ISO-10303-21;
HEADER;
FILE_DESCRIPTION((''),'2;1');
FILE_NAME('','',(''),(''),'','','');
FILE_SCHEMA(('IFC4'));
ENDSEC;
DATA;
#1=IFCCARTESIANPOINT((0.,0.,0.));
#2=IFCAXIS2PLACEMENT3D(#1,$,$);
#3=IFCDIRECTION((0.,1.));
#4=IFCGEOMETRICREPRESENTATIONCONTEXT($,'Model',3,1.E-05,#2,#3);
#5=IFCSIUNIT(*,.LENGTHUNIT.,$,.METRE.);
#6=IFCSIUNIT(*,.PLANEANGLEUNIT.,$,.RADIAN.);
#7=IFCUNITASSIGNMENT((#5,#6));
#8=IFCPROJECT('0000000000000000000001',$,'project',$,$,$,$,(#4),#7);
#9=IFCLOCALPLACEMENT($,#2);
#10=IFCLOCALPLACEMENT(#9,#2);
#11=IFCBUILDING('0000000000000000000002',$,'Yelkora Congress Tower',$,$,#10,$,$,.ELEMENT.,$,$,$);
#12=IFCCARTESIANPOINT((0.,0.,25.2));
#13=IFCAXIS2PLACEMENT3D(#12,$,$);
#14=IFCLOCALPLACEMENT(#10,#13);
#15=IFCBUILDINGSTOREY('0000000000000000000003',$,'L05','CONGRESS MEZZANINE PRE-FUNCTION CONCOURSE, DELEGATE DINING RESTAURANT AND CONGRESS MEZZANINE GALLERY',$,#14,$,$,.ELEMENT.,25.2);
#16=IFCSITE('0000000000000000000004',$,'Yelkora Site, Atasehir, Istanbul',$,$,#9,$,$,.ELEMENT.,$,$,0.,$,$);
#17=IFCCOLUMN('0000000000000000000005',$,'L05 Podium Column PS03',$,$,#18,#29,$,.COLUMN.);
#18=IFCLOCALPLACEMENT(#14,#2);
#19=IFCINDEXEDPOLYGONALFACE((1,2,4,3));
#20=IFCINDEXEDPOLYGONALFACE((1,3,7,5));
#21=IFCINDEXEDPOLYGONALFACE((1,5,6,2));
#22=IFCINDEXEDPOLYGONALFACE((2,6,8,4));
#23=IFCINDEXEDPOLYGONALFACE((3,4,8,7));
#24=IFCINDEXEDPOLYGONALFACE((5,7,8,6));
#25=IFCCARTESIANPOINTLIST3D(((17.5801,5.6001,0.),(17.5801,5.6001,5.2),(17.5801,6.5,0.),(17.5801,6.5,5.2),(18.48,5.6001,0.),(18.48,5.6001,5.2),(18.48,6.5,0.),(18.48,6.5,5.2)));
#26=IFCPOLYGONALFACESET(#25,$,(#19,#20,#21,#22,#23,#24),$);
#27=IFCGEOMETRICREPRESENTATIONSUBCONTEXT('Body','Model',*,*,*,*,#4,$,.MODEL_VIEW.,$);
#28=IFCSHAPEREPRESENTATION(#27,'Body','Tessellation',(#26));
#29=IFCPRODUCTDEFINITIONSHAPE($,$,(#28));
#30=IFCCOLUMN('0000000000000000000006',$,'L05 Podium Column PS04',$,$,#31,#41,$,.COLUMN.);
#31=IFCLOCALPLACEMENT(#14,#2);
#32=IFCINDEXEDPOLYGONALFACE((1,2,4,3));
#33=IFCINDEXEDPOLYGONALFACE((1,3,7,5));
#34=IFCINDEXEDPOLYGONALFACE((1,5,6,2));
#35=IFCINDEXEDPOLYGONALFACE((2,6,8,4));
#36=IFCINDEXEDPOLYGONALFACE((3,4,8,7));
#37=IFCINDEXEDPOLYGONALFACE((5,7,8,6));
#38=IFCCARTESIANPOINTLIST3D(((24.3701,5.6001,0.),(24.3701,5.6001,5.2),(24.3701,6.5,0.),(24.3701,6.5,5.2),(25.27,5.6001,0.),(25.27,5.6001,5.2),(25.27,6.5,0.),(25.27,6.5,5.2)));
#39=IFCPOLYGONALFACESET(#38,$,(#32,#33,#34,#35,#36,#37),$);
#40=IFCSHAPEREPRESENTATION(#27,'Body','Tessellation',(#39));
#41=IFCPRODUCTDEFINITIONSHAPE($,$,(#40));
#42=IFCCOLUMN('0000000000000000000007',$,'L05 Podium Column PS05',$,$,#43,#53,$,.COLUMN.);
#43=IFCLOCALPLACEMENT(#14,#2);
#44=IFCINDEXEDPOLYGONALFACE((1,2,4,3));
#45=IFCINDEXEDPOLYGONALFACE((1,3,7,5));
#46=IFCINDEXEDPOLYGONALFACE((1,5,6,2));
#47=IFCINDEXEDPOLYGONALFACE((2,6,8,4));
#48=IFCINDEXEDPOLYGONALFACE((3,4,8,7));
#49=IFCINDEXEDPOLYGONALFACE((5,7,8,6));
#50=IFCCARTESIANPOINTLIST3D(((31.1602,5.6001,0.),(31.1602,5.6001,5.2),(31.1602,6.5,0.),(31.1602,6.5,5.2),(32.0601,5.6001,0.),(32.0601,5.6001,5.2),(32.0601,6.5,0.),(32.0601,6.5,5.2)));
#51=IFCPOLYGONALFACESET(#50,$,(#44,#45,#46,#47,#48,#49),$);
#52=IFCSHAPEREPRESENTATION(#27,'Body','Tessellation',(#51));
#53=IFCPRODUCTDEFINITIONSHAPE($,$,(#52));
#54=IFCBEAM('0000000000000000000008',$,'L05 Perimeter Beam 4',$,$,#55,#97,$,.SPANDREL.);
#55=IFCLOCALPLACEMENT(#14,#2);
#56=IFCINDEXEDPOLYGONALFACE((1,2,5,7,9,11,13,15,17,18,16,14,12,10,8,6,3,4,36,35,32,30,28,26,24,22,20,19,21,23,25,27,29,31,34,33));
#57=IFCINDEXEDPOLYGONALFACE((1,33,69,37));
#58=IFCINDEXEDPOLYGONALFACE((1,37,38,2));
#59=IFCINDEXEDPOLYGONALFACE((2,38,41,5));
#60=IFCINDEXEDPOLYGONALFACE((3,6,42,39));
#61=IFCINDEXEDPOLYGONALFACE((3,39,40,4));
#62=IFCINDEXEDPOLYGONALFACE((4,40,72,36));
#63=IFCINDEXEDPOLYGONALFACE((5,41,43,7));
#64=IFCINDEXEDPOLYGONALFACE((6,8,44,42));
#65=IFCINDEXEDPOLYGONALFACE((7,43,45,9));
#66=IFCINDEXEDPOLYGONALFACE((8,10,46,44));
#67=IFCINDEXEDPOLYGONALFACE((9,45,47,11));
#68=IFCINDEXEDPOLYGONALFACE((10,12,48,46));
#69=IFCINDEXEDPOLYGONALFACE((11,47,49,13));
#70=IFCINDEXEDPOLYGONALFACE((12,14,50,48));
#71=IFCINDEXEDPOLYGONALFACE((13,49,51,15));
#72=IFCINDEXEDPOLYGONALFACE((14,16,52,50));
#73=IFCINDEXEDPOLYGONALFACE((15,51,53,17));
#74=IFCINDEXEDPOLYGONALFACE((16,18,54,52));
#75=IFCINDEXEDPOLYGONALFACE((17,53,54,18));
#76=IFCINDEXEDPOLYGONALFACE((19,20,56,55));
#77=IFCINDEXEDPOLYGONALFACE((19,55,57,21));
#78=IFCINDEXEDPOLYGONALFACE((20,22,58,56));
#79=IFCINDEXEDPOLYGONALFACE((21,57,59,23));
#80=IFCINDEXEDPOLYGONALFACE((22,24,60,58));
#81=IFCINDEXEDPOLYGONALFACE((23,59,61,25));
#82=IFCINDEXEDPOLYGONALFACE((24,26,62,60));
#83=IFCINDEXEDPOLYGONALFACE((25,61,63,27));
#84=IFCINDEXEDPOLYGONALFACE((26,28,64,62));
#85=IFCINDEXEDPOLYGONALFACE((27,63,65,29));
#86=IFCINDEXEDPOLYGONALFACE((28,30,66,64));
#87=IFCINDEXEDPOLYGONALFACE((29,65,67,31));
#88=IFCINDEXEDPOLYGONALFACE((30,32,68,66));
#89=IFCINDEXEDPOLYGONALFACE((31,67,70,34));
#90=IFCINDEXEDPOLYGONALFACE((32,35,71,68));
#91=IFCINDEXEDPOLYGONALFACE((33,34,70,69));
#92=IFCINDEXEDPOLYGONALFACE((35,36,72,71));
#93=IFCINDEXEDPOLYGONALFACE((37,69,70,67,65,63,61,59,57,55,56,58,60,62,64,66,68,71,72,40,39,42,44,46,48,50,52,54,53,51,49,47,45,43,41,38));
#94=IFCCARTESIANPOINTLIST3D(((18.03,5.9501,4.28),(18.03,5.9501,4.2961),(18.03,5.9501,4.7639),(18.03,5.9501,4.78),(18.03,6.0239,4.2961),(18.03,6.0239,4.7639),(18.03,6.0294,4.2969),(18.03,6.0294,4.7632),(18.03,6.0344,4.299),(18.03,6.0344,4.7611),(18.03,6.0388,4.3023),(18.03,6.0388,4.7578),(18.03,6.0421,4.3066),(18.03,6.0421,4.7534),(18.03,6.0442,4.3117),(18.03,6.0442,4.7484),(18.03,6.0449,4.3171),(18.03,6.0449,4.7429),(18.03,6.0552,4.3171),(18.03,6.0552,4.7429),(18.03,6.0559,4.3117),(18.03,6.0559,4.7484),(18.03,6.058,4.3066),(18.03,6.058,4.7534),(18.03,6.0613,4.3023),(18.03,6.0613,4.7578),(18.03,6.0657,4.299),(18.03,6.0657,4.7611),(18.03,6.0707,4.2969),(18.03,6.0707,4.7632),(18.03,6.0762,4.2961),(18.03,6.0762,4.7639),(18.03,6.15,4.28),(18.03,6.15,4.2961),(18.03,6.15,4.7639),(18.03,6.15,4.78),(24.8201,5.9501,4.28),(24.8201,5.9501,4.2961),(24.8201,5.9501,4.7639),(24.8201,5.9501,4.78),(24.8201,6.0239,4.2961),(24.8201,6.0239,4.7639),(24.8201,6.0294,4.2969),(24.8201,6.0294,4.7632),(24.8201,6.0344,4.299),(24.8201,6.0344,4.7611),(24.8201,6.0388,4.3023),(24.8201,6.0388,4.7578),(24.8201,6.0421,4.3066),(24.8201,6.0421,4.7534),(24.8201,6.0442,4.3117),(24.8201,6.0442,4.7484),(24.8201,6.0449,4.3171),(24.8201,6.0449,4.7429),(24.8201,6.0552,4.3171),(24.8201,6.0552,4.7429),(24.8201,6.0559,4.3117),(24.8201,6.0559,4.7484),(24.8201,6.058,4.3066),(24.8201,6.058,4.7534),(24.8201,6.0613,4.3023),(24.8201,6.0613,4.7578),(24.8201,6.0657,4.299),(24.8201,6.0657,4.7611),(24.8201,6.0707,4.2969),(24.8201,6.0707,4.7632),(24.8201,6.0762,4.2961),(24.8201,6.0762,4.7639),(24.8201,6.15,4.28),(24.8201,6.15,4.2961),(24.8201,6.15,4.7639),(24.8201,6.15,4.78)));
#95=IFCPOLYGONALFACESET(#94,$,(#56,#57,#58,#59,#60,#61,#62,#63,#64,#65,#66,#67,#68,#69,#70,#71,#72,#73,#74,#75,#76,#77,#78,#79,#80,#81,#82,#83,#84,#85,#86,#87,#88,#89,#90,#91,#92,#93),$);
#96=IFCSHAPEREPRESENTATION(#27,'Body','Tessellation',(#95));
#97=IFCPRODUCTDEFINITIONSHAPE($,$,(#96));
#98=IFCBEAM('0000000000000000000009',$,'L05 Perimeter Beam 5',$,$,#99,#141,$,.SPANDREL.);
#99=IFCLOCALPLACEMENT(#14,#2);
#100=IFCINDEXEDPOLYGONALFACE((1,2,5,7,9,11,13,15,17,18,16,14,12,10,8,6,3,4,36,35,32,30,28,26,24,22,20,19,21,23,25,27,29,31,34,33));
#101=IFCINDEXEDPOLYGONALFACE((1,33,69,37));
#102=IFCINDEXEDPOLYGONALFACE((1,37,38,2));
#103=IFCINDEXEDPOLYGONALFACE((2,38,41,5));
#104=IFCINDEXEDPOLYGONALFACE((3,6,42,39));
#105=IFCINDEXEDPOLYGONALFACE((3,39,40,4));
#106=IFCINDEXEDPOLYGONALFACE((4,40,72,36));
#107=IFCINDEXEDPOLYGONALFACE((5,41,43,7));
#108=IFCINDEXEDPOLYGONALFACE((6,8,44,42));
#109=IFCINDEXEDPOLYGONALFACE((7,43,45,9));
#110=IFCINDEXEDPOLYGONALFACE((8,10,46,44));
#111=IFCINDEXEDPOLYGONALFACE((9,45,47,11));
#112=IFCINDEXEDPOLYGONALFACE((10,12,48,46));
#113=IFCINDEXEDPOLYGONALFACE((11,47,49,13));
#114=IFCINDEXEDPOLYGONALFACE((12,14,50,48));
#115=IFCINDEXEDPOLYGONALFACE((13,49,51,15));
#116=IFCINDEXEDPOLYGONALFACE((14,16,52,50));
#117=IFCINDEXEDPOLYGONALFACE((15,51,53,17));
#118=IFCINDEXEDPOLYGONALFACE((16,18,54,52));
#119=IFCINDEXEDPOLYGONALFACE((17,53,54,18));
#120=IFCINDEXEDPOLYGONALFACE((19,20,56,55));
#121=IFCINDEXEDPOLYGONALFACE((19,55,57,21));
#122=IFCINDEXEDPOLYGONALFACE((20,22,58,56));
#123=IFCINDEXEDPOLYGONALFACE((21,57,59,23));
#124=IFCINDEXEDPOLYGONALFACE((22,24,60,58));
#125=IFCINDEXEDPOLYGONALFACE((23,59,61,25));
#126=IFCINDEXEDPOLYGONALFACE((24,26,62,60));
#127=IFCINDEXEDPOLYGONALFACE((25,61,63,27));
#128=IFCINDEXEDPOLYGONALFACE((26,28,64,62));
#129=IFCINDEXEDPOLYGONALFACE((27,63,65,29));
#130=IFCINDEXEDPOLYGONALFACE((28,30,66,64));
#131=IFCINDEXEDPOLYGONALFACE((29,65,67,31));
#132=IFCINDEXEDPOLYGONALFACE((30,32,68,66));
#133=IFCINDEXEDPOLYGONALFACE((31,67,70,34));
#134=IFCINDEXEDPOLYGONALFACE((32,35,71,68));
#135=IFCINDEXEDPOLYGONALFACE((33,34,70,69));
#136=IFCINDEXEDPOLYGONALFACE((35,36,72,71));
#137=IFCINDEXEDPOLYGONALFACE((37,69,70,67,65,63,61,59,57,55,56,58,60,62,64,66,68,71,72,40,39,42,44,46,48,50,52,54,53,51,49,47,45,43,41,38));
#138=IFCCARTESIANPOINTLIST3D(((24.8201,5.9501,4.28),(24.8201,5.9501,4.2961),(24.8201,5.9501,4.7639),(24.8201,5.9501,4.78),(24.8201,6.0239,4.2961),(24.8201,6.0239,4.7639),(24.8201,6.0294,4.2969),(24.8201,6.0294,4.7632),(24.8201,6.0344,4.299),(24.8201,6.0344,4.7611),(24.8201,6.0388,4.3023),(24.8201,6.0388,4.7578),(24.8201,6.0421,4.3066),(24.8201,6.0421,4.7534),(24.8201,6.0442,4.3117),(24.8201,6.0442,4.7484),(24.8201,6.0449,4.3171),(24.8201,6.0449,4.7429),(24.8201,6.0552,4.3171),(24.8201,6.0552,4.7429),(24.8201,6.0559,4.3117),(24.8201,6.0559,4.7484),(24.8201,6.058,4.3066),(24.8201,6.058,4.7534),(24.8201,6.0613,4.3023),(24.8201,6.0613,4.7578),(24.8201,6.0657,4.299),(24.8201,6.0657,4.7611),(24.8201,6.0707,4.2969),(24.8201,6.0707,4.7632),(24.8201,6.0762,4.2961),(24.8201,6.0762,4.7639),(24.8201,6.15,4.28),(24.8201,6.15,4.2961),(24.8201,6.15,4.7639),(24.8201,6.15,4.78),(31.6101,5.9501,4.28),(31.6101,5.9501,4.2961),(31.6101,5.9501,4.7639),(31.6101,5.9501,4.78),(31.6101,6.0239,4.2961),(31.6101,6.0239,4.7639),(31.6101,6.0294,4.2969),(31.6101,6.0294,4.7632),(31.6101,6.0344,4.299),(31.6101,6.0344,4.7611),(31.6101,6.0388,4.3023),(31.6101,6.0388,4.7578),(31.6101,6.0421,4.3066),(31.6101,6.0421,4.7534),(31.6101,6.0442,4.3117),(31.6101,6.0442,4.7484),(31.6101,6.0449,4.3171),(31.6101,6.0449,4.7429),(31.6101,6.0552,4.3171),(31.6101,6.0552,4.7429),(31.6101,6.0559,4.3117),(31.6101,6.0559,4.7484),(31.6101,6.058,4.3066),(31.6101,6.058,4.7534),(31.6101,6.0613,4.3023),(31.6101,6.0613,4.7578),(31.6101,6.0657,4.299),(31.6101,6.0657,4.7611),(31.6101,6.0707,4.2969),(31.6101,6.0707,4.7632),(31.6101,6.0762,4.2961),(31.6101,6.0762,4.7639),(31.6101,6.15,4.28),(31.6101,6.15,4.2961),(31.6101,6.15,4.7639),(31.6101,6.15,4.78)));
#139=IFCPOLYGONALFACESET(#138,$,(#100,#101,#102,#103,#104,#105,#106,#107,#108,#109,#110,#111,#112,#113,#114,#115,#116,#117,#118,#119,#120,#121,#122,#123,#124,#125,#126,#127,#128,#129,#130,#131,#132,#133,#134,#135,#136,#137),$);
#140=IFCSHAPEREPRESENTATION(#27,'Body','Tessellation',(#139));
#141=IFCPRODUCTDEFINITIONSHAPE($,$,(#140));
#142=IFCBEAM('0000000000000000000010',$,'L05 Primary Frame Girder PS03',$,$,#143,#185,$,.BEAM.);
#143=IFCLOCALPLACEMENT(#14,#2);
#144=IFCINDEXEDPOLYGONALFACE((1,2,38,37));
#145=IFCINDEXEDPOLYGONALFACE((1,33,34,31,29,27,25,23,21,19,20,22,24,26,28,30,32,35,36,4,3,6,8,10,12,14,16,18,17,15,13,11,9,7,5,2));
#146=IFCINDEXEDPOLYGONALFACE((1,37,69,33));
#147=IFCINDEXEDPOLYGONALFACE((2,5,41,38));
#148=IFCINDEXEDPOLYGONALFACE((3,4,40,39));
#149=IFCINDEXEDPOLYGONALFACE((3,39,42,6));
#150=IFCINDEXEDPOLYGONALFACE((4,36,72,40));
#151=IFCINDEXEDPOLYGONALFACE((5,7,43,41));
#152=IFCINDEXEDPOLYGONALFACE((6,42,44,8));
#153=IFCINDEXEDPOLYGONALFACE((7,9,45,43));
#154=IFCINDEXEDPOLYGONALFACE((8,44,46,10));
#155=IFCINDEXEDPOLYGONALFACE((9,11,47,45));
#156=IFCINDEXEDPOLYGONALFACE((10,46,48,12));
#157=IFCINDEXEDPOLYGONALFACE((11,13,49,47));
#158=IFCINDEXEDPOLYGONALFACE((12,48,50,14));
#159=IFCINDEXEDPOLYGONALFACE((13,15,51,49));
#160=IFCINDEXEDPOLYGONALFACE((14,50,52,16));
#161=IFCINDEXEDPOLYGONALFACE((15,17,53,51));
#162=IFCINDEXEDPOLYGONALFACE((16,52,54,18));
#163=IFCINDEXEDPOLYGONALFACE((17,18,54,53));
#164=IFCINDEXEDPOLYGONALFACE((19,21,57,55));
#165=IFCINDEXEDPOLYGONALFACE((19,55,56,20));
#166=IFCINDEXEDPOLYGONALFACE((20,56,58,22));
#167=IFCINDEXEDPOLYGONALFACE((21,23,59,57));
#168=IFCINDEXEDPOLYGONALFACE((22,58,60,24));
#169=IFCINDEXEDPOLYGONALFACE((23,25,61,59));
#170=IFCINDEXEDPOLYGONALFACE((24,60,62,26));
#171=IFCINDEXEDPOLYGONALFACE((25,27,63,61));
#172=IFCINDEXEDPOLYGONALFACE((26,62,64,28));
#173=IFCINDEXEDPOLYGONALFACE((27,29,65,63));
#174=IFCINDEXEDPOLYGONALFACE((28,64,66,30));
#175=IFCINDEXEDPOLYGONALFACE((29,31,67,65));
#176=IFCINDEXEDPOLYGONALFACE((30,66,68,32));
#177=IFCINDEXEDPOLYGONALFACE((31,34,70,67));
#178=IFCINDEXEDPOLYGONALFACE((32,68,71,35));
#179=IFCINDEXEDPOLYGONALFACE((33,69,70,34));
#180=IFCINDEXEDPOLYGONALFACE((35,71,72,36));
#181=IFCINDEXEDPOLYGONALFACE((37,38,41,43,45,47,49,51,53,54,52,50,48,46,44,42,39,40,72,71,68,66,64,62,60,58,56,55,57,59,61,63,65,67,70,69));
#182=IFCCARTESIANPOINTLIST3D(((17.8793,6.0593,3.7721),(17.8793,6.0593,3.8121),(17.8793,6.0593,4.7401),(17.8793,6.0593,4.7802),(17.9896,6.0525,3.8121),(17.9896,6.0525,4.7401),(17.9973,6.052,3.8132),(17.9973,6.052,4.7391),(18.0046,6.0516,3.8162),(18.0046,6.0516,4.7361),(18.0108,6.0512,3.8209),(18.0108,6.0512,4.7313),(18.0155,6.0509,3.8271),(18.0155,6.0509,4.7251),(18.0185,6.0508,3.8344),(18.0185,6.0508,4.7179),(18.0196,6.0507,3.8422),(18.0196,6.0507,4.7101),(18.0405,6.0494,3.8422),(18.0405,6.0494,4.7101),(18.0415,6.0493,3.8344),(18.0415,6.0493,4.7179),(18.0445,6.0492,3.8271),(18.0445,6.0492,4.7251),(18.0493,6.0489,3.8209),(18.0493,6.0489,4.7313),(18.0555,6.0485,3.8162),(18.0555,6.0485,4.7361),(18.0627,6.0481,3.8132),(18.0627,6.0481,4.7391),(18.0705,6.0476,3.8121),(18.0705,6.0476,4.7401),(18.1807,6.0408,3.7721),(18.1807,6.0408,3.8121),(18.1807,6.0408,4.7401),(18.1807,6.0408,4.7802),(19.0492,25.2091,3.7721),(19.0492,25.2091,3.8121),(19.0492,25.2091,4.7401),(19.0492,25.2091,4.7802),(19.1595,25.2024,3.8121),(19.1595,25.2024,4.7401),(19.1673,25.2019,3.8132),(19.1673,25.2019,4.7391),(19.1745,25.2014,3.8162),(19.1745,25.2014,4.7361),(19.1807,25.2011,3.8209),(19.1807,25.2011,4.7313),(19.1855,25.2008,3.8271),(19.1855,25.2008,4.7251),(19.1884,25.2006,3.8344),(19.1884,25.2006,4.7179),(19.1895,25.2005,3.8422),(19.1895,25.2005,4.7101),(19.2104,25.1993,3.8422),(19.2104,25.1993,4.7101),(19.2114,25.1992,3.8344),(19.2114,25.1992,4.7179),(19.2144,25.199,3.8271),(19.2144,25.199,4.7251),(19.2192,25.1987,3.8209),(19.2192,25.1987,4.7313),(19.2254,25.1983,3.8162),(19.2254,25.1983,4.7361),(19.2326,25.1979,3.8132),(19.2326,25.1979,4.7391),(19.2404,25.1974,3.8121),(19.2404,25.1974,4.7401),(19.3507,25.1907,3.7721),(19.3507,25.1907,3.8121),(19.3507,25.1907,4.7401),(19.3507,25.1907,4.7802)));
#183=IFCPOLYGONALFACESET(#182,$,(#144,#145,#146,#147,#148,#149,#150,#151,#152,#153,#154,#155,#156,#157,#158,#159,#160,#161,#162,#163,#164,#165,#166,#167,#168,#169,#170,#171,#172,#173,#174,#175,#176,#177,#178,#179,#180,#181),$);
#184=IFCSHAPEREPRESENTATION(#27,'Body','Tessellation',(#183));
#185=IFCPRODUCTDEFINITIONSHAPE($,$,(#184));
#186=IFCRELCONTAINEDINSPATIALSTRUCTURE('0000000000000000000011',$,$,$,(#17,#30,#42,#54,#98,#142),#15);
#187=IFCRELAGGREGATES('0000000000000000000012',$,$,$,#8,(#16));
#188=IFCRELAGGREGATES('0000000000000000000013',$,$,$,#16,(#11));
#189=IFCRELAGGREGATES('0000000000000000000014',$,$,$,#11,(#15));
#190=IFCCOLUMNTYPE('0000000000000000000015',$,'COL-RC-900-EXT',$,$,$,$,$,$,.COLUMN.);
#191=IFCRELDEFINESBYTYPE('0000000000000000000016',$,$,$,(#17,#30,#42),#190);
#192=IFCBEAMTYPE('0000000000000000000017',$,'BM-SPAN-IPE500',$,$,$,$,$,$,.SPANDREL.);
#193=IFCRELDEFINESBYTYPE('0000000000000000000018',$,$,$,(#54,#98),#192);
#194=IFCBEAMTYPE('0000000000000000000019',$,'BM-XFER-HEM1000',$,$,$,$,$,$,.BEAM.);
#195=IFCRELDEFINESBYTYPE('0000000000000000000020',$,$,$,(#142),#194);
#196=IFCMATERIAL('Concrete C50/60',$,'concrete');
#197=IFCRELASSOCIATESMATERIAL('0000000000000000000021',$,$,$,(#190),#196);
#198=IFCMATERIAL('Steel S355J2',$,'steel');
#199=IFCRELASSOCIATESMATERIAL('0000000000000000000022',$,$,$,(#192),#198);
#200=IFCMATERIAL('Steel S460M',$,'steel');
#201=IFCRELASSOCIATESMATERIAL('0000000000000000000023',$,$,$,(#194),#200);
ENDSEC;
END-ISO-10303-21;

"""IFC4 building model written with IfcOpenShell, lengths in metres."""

from ifc_helpers import new_model, si_unit, direction, frame, origin, origin_2d, place, context, subcontext, project, spatial, rectangle, i_section, extrude, material, material_profile, profile_set, type_object, element, save


model = new_model("IFC4")

# Units and contexts
model_context = context("Model", 3, precision=1e-05, world=origin(), true_north=direction((0.0, 1.0)))
body_context = subcontext(model_context, "Body", "Model", "MODEL_VIEW")
ifc_project = project(units=[si_unit("LENGTHUNIT", "METRE"), si_unit("PLANEANGLEUNIT", "RADIAN")], contexts=[model_context])

# Site, building, storey
site_placement = place(None, origin())
site = spatial("IfcSite", under=ifc_project, at=site_placement, Name="Yelkora Site, Atasehir, Istanbul", CompositionType="ELEMENT", RefElevation=0.0)
building_placement = place(site_placement, origin())
building = spatial("IfcBuilding", under=site, at=building_placement, Name="Yelkora Congress Tower", CompositionType="ELEMENT")
storey_placement = place(building_placement, frame((0.0, 0.0, 25.2)))
storey = spatial("IfcBuildingStorey", under=building, at=storey_placement, Name="L05", Description="CONGRESS MEZZANINE PRE-FUNCTION CONCOURSE, DELEGATE DINING RESTAURANT AND CONGRESS MEZZANINE GALLERY", CompositionType="ELEMENT", Elevation=25.2)

# Columns
ifc_material_1 = material(Name="Concrete C50/60", Category="concrete")
ifc_material_profile_1 = material_profile(ifc_material_1, rectangle(XDim=0.8999, YDim=0.8999, at=origin_2d()), Name="RC 900x900")
ifc_profile_set_1 = profile_set([ifc_material_profile_1], Name="Concrete C50/60")
column_type = type_object("IfcColumnType", Name="COL-RC-900-EXT", PredefinedType="COLUMN", material=ifc_profile_set_1)
for number, where, z_axis, x_axis, name in (
    (1, (18.03, 6.05, 0.0), (0.0, 0.0, 1.0), (1.0, 0.0, 0.0), "L05 Podium Column PS03"),
    (2, (24.8201, 6.05, 0.0), (0.0, 0.0, 1.0), (1.0, 0.0, 0.0), "L05 Podium Column PS04"),
    (3, (31.6101, 6.05, 0.0), (0.0, 0.0, 1.0), (1.0, 0.0, 0.0), "L05 Podium Column PS05"),
):
    element("IfcColumn", number, at=place(storey_placement, frame(where, z_axis=z_axis, x_axis=x_axis)), inside=storey, type_object=column_type, Name=name, PredefinedType="COLUMN", context=body_context, shape_type="SweptSolid", body=[
        extrude(rectangle(XDim=0.8999, YDim=0.8999, at=origin_2d()), origin(), (0.0, 0.0, 1.0), 5.2),
    ])

# Beams
ifc_material_2 = material(Name="Steel S355J2", Category="steel")
ifc_material_profile_2 = material_profile(ifc_material_2, i_section(OverallWidth=0.2, OverallDepth=0.5, WebThickness=0.0103, FlangeThickness=0.0161, FilletRadius=0.021, at=origin_2d()), Name="IPE 500")
ifc_profile_set_2 = profile_set([ifc_material_profile_2], Name="Steel S355J2")
beam_type_1 = type_object("IfcBeamType", Name="BM-SPAN-IPE500", PredefinedType="SPANDREL", material=ifc_profile_set_2)
for number, where, z_axis, x_axis, name in (
    (4, (18.03, 6.05, 4.53), (1.0, 0.0, 0.0), (0.0, 1.0, 0.0), "L05 Perimeter Beam 4"),
    (5, (24.8201, 6.05, 4.53), (1.0, 0.0, 0.0), (0.0, 1.0, 0.0), "L05 Perimeter Beam 5"),
):
    element("IfcBeam", number, at=place(storey_placement, frame(where, z_axis=z_axis, x_axis=x_axis)), inside=storey, type_object=beam_type_1, Name=name, PredefinedType="SPANDREL", context=body_context, shape_type="SweptSolid", body=[
        extrude(i_section(OverallWidth=0.2, OverallDepth=0.5, WebThickness=0.0103, FlangeThickness=0.0161, FilletRadius=0.021, at=origin_2d()), origin(), (0.0, 0.0, 1.0), 6.79),
    ])
ifc_material_3 = material(Name="Steel S460M", Category="steel")
ifc_material_profile_3 = material_profile(ifc_material_3, i_section(OverallWidth=0.302, OverallDepth=1.0081, WebThickness=0.021, FlangeThickness=0.04, FilletRadius=0.03, at=origin_2d()), Name="HEM 1000")
ifc_profile_set_3 = profile_set([ifc_material_profile_3], Name="Steel S460M")
beam_type_2 = type_object("IfcBeamType", Name="BM-XFER-HEM1000", PredefinedType="BEAM", material=ifc_profile_set_3)
beam_1_placement = place(storey_placement, frame((18.03, 6.05, 4.2761), z_axis=(0.060979, 0.998139, 0.0), x_axis=(-0.998139, 0.060979, 0.0)))
element("IfcBeam", 6, at=beam_1_placement, inside=storey, type_object=beam_type_2, Name="L05 Primary Frame Girder PS03", PredefinedType="BEAM", context=body_context, shape_type="SweptSolid", body=[
    extrude(i_section(OverallWidth=0.302, OverallDepth=1.0081, WebThickness=0.021, FlangeThickness=0.04, FilletRadius=0.03, at=origin_2d()), origin(), (0.0, 0.0, 1.0), 19.1855),
])

save(model, "model.ifc")
